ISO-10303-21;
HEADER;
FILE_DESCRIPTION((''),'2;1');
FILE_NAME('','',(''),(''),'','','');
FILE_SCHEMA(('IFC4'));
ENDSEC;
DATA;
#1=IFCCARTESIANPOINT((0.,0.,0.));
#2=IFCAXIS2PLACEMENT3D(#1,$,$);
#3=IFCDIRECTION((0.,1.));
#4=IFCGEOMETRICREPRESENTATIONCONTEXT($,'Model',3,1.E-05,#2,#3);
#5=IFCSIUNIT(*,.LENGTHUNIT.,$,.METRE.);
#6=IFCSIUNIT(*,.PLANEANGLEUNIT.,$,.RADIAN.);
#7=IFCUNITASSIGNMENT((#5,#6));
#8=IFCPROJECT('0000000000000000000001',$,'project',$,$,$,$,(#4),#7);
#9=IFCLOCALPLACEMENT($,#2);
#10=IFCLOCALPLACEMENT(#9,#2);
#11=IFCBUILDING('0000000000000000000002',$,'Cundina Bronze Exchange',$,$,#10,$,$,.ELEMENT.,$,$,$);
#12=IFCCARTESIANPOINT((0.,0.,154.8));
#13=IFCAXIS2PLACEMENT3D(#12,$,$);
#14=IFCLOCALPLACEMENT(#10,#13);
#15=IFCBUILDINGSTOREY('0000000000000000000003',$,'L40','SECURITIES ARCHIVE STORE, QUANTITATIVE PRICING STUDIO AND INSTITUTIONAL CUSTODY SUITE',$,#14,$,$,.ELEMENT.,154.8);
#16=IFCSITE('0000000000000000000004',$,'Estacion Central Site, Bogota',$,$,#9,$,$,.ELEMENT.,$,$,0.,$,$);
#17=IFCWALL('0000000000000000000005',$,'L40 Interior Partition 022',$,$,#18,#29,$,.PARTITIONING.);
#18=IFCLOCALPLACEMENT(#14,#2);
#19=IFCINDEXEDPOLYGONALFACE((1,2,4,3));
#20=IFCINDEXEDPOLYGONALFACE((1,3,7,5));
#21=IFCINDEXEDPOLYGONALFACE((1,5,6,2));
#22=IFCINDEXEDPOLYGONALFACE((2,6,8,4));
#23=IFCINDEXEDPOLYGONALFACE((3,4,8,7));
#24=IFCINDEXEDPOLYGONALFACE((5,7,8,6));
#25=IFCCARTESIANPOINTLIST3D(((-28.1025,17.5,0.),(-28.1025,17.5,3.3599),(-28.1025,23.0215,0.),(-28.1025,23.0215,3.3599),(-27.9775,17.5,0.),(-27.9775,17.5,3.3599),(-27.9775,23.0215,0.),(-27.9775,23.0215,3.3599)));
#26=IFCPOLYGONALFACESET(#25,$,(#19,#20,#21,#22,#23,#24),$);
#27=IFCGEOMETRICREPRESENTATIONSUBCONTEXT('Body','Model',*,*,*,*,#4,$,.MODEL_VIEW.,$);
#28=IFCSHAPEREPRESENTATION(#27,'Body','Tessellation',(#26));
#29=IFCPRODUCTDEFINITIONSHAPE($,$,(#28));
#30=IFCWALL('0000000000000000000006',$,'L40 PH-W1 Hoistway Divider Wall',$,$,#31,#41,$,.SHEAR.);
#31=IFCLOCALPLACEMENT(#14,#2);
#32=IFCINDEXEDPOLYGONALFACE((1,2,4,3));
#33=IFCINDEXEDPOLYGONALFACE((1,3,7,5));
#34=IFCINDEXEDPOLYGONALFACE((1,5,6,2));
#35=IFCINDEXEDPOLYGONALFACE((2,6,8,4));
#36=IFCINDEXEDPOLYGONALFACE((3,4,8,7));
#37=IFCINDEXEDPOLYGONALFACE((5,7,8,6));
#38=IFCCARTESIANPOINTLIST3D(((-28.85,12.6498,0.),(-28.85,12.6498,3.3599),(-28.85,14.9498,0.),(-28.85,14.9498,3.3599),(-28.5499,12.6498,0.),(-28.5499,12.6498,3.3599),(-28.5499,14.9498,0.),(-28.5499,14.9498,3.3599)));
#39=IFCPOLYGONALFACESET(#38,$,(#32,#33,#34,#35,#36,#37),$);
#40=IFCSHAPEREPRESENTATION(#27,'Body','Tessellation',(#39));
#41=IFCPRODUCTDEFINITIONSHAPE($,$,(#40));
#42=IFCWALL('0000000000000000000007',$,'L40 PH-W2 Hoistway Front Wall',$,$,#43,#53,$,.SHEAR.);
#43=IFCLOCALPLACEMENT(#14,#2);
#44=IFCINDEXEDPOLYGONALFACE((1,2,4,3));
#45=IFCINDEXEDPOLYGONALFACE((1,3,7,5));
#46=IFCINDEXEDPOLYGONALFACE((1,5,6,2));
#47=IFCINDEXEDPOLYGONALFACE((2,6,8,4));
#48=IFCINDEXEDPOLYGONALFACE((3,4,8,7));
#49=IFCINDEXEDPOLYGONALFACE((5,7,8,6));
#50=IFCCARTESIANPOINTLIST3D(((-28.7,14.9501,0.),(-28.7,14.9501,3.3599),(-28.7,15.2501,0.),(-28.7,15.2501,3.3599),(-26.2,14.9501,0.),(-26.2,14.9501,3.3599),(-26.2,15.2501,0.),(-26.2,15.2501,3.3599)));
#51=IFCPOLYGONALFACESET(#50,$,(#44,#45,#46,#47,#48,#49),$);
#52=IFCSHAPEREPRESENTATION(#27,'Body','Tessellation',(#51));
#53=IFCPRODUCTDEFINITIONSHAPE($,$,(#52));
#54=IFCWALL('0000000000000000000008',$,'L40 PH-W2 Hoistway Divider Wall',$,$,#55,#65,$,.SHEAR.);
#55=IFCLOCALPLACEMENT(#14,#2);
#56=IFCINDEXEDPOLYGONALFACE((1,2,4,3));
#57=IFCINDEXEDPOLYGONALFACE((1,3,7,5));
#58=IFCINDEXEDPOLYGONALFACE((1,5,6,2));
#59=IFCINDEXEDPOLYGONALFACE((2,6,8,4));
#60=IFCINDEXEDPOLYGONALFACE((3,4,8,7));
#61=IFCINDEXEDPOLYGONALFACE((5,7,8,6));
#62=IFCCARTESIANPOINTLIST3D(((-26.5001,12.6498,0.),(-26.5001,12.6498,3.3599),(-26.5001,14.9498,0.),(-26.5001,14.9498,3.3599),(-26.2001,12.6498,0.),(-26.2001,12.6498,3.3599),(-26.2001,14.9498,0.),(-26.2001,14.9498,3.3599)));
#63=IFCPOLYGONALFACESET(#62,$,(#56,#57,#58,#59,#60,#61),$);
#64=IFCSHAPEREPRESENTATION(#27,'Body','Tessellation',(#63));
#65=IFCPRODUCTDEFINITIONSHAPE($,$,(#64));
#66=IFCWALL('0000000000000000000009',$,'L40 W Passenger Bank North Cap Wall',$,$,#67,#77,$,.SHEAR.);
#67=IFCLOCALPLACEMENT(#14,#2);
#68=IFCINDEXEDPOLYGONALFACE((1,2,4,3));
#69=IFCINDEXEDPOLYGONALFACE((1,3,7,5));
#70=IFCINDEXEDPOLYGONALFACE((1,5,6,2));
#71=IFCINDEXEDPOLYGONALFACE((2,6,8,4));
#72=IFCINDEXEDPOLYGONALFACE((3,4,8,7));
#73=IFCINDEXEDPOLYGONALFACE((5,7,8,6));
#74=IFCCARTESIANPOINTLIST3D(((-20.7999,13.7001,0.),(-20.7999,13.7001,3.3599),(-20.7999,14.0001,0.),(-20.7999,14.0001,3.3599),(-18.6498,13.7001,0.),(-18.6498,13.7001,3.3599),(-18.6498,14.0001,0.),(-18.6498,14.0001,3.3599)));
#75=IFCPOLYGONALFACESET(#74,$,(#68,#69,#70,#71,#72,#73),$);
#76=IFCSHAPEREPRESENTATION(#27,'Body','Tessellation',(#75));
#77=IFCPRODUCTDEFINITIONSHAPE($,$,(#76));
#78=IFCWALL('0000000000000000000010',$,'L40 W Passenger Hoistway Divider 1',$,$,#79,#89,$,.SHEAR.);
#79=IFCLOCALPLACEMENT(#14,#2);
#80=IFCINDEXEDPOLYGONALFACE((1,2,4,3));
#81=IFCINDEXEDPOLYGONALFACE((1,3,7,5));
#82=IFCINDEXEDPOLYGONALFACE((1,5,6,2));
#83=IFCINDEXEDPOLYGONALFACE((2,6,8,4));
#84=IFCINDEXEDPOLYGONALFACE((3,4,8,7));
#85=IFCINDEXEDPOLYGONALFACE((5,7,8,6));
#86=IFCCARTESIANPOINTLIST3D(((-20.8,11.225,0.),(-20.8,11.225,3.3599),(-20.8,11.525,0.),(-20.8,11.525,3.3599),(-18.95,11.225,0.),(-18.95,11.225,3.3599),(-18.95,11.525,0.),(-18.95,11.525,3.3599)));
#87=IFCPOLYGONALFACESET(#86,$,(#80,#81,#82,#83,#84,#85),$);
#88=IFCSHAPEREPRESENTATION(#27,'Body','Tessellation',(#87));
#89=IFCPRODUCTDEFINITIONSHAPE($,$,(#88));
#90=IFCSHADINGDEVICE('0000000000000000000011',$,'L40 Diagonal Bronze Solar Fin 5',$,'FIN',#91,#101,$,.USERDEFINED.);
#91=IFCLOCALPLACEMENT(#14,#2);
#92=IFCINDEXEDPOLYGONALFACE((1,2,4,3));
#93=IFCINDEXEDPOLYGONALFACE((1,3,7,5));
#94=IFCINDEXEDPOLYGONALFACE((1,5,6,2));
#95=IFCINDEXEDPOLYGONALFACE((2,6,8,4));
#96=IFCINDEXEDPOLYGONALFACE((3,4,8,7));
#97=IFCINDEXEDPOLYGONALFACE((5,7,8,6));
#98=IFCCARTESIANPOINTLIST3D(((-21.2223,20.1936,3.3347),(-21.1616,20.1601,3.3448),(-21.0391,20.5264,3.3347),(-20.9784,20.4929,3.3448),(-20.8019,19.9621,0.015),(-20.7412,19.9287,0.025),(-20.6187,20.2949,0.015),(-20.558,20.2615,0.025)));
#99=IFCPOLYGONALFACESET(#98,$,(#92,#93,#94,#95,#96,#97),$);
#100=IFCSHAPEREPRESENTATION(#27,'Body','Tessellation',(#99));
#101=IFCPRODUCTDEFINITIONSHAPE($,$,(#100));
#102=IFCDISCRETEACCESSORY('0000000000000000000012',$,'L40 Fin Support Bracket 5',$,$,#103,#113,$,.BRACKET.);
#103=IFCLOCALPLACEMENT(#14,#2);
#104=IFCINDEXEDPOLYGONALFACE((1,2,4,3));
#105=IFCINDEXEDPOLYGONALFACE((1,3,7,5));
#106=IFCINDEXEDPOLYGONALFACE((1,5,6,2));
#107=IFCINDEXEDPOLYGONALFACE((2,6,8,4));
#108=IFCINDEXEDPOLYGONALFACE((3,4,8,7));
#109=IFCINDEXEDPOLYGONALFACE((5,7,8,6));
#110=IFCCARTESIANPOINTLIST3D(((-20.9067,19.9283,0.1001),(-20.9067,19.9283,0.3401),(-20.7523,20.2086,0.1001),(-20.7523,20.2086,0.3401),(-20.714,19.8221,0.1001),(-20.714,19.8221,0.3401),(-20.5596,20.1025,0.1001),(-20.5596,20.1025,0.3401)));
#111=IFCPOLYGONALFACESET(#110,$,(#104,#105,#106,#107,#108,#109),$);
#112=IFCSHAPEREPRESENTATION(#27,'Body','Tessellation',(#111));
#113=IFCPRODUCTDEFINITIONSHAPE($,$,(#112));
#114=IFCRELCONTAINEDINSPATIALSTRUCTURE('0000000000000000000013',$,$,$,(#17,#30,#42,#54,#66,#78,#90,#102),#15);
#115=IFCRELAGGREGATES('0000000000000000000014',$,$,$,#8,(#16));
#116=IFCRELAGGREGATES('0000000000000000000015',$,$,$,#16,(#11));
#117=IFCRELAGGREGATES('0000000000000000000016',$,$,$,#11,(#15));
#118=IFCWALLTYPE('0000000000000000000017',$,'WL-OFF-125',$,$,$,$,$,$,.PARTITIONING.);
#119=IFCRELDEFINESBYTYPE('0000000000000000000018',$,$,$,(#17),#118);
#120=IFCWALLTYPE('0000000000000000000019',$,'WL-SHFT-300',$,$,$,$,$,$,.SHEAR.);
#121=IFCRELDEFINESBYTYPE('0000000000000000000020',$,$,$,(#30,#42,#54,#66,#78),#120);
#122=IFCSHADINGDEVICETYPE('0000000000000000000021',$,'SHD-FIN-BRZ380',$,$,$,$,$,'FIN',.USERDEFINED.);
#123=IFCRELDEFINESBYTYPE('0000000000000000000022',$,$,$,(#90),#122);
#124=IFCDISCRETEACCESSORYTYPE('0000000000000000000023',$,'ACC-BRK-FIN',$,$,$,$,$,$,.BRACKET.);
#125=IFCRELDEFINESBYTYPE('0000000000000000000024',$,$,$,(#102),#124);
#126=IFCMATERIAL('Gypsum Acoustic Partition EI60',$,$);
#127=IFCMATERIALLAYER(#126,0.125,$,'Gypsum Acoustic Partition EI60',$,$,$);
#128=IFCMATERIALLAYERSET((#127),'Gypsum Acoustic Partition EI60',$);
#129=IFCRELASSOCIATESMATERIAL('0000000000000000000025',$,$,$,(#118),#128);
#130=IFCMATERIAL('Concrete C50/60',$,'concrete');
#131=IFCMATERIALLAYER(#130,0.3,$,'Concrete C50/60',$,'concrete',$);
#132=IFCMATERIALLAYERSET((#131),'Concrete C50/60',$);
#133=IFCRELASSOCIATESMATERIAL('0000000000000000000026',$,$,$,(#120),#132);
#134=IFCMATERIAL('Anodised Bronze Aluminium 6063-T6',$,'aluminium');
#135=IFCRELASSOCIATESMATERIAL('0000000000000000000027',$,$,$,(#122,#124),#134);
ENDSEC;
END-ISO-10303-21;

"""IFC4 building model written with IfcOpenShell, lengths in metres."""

from ifc_helpers import new_model, si_unit, direction, frame, frame_2d, origin, origin_2d, place, context, subcontext, project, spatial, rectangle, extrude, material, layer, layer_set, material_profile, profile_set, type_object, element, save


model = new_model("IFC4")

# Units and contexts
model_context = context("Model", 3, precision=1e-05, world=origin(), true_north=direction((0.0, 1.0)))
body_context = subcontext(model_context, "Body", "Model", "MODEL_VIEW")
ifc_project = project(units=[si_unit("LENGTHUNIT", "METRE"), si_unit("PLANEANGLEUNIT", "RADIAN")], contexts=[model_context])

# Site, building, storey
site_placement = place(None, origin())
site = spatial("IfcSite", under=ifc_project, at=site_placement, Name="Estacion Central Site, Bogota", CompositionType="ELEMENT", RefElevation=0.0)
building_placement = place(site_placement, origin())
building = spatial("IfcBuilding", under=site, at=building_placement, Name="Cundina Bronze Exchange", CompositionType="ELEMENT")
storey_placement = place(building_placement, frame((0.0, 0.0, 154.8)))
storey = spatial("IfcBuildingStorey", under=building, at=storey_placement, Name="L40", Description="SECURITIES ARCHIVE STORE, QUANTITATIVE PRICING STUDIO AND INSTITUTIONAL CUSTODY SUITE", CompositionType="ELEMENT", Elevation=154.8)

# Shared definitions
ifc_material_1 = material(Name="Concrete C50/60", Category="concrete")

# Shared definitions
ifc_material_2 = material(Name="Anodised Bronze Aluminium 6063-T6", Category="aluminium")

# Wall
ifc_material_3 = material(Name="Gypsum Acoustic Partition EI60")
ifc_layer_1 = layer(ifc_material_3, 0.125, Name="Gypsum Acoustic Partition EI60")
ifc_layer_set_1 = layer_set([ifc_layer_1], Name="Gypsum Acoustic Partition EI60")
wall_type_1 = type_object("IfcWallType", Name="WL-OFF-125", PredefinedType="PARTITIONING", material=ifc_layer_set_1)
wall_1_placement = place(storey_placement, frame((-28.04, 17.5, 0.0), z_axis=(0.0, 0.0, 1.0), x_axis=(0.0, 1.0, 0.0)))
element("IfcWall", 1, at=wall_1_placement, inside=storey, type_object=wall_type_1, Name="L40 Interior Partition 022", PredefinedType="PARTITIONING", context=body_context, shape_type="SweptSolid", body=[
    extrude(rectangle(XDim=5.5215, YDim=0.125, at=frame_2d((2.7607, 0.0))), origin(), (0.0, 0.0, 1.0), 3.3599),
])

# Shared definitions
ifc_layer_2 = layer(ifc_material_1, 0.3, Name="Concrete C50/60", Category="concrete")
ifc_layer_set_2 = layer_set([ifc_layer_2], Name="Concrete C50/60")
wall_type_2 = type_object("IfcWallType", Name="WL-SHFT-300", PredefinedType="SHEAR", material=ifc_layer_set_2)

# Walls
wall_2_placement = place(storey_placement, frame((-28.7, 12.6499, 0.0), z_axis=(0.0, 0.0, 1.0), x_axis=(0.0, 1.0, 0.0)))
element("IfcWall", 2, at=wall_2_placement, inside=storey, type_object=wall_type_2, Name="L40 PH-W1 Hoistway Divider Wall", PredefinedType="SHEAR", context=body_context, shape_type="SweptSolid", body=[
    extrude(rectangle(XDim=2.3, YDim=0.3, at=frame_2d((1.1499, 0.0))), origin(), (0.0, 0.0, 1.0), 3.3599),
])
wall_3_placement = place(storey_placement, frame((-28.7, 15.1001, 0.0), z_axis=(0.0, 0.0, 1.0), x_axis=(1.0, 0.0, 0.0)))
element("IfcWall", 3, at=wall_3_placement, inside=storey, type_object=wall_type_2, Name="L40 PH-W2 Hoistway Front Wall", PredefinedType="SHEAR", context=body_context, shape_type="SweptSolid", body=[
    extrude(rectangle(XDim=2.5, YDim=0.3, at=frame_2d((1.25, 0.0))), origin(), (0.0, 0.0, 1.0), 3.3599),
])
wall_4_placement = place(storey_placement, frame((-26.3501, 12.6499, 0.0), z_axis=(0.0, 0.0, 1.0), x_axis=(0.0, 1.0, 0.0)))
element("IfcWall", 4, at=wall_4_placement, inside=storey, type_object=wall_type_2, Name="L40 PH-W2 Hoistway Divider Wall", PredefinedType="SHEAR", context=body_context, shape_type="SweptSolid", body=[
    extrude(rectangle(XDim=2.3, YDim=0.3, at=frame_2d((1.1499, 0.0))), origin(), (0.0, 0.0, 1.0), 3.3599),
])
wall_5_placement = place(storey_placement, frame((-20.8, 13.8501, 0.0), z_axis=(0.0, 0.0, 1.0), x_axis=(1.0, 0.0, 0.0)))
element("IfcWall", 5, at=wall_5_placement, inside=storey, type_object=wall_type_2, Name="L40 W Passenger Bank North Cap Wall", PredefinedType="SHEAR", context=body_context, shape_type="SweptSolid", body=[
    extrude(rectangle(XDim=2.1501, YDim=0.3, at=frame_2d((1.0752, 0.0))), origin(), (0.0, 0.0, 1.0), 3.3599),
])
wall_6_placement = place(storey_placement, frame((-20.8, 11.375, 0.0), z_axis=(0.0, 0.0, 1.0), x_axis=(1.0, 0.0, 0.0)))
element("IfcWall", 6, at=wall_6_placement, inside=storey, type_object=wall_type_2, Name="L40 W Passenger Hoistway Divider 1", PredefinedType="SHEAR", context=body_context, shape_type="SweptSolid", body=[
    extrude(rectangle(XDim=1.8501, YDim=0.3, at=frame_2d((0.925, 0.0))), origin(), (0.0, 0.0, 1.0), 3.3599),
])

# Shading device
ifc_material_profile_1 = material_profile(ifc_material_2, rectangle(XDim=0.0701, YDim=0.3799, at=origin_2d()), Name="FIN70X380", Category="aluminium")
ifc_profile_set_1 = profile_set([ifc_material_profile_1], Name="Anodised Bronze Aluminium 6063-T6")
shading_device_type = type_object("IfcShadingDeviceType", Name="SHD-FIN-BRZ380", ElementType="FIN", PredefinedType="USERDEFINED", material=ifc_profile_set_1)
shading_device_placement = place(storey_placement, frame((-20.6799, 20.1118, 0.02), z_axis=(-0.125333, 0.068999, 0.989712), x_axis=(0.86701, -0.477309, 0.143071)))
element("IfcShadingDevice", 7, at=shading_device_placement, inside=storey, type_object=shading_device_type, Name="L40 Diagonal Bronze Solar Fin 5", ObjectType="FIN", PredefinedType="USERDEFINED", context=body_context, shape_type="SweptSolid", body=[
    extrude(rectangle(XDim=0.0701, YDim=0.3799, at=origin_2d()), origin(), (0.0, 0.0, 1.0), 3.3542),
])

# Discrete accessory
discrete_accessory_type = type_object("IfcDiscreteAccessoryType", Name="ACC-BRK-FIN", PredefinedType="BRACKET", material=ifc_material_2)
discrete_accessory_placement = place(storey_placement, frame((-20.7332, 20.0154, 0.1001), z_axis=(0.0, 0.0, 1.0), x_axis=(-0.875869, 0.482549, 0.0)))
element("IfcDiscreteAccessory", 8, at=discrete_accessory_placement, inside=storey, type_object=discrete_accessory_type, Name="L40 Fin Support Bracket 5", PredefinedType="BRACKET", context=body_context, shape_type="SweptSolid", body=[
    extrude(rectangle(XDim=0.22, YDim=0.3201, at=origin_2d()), origin(), (0.0, 0.0, 1.0), 0.24),
])

save(model, "model.ifc")
